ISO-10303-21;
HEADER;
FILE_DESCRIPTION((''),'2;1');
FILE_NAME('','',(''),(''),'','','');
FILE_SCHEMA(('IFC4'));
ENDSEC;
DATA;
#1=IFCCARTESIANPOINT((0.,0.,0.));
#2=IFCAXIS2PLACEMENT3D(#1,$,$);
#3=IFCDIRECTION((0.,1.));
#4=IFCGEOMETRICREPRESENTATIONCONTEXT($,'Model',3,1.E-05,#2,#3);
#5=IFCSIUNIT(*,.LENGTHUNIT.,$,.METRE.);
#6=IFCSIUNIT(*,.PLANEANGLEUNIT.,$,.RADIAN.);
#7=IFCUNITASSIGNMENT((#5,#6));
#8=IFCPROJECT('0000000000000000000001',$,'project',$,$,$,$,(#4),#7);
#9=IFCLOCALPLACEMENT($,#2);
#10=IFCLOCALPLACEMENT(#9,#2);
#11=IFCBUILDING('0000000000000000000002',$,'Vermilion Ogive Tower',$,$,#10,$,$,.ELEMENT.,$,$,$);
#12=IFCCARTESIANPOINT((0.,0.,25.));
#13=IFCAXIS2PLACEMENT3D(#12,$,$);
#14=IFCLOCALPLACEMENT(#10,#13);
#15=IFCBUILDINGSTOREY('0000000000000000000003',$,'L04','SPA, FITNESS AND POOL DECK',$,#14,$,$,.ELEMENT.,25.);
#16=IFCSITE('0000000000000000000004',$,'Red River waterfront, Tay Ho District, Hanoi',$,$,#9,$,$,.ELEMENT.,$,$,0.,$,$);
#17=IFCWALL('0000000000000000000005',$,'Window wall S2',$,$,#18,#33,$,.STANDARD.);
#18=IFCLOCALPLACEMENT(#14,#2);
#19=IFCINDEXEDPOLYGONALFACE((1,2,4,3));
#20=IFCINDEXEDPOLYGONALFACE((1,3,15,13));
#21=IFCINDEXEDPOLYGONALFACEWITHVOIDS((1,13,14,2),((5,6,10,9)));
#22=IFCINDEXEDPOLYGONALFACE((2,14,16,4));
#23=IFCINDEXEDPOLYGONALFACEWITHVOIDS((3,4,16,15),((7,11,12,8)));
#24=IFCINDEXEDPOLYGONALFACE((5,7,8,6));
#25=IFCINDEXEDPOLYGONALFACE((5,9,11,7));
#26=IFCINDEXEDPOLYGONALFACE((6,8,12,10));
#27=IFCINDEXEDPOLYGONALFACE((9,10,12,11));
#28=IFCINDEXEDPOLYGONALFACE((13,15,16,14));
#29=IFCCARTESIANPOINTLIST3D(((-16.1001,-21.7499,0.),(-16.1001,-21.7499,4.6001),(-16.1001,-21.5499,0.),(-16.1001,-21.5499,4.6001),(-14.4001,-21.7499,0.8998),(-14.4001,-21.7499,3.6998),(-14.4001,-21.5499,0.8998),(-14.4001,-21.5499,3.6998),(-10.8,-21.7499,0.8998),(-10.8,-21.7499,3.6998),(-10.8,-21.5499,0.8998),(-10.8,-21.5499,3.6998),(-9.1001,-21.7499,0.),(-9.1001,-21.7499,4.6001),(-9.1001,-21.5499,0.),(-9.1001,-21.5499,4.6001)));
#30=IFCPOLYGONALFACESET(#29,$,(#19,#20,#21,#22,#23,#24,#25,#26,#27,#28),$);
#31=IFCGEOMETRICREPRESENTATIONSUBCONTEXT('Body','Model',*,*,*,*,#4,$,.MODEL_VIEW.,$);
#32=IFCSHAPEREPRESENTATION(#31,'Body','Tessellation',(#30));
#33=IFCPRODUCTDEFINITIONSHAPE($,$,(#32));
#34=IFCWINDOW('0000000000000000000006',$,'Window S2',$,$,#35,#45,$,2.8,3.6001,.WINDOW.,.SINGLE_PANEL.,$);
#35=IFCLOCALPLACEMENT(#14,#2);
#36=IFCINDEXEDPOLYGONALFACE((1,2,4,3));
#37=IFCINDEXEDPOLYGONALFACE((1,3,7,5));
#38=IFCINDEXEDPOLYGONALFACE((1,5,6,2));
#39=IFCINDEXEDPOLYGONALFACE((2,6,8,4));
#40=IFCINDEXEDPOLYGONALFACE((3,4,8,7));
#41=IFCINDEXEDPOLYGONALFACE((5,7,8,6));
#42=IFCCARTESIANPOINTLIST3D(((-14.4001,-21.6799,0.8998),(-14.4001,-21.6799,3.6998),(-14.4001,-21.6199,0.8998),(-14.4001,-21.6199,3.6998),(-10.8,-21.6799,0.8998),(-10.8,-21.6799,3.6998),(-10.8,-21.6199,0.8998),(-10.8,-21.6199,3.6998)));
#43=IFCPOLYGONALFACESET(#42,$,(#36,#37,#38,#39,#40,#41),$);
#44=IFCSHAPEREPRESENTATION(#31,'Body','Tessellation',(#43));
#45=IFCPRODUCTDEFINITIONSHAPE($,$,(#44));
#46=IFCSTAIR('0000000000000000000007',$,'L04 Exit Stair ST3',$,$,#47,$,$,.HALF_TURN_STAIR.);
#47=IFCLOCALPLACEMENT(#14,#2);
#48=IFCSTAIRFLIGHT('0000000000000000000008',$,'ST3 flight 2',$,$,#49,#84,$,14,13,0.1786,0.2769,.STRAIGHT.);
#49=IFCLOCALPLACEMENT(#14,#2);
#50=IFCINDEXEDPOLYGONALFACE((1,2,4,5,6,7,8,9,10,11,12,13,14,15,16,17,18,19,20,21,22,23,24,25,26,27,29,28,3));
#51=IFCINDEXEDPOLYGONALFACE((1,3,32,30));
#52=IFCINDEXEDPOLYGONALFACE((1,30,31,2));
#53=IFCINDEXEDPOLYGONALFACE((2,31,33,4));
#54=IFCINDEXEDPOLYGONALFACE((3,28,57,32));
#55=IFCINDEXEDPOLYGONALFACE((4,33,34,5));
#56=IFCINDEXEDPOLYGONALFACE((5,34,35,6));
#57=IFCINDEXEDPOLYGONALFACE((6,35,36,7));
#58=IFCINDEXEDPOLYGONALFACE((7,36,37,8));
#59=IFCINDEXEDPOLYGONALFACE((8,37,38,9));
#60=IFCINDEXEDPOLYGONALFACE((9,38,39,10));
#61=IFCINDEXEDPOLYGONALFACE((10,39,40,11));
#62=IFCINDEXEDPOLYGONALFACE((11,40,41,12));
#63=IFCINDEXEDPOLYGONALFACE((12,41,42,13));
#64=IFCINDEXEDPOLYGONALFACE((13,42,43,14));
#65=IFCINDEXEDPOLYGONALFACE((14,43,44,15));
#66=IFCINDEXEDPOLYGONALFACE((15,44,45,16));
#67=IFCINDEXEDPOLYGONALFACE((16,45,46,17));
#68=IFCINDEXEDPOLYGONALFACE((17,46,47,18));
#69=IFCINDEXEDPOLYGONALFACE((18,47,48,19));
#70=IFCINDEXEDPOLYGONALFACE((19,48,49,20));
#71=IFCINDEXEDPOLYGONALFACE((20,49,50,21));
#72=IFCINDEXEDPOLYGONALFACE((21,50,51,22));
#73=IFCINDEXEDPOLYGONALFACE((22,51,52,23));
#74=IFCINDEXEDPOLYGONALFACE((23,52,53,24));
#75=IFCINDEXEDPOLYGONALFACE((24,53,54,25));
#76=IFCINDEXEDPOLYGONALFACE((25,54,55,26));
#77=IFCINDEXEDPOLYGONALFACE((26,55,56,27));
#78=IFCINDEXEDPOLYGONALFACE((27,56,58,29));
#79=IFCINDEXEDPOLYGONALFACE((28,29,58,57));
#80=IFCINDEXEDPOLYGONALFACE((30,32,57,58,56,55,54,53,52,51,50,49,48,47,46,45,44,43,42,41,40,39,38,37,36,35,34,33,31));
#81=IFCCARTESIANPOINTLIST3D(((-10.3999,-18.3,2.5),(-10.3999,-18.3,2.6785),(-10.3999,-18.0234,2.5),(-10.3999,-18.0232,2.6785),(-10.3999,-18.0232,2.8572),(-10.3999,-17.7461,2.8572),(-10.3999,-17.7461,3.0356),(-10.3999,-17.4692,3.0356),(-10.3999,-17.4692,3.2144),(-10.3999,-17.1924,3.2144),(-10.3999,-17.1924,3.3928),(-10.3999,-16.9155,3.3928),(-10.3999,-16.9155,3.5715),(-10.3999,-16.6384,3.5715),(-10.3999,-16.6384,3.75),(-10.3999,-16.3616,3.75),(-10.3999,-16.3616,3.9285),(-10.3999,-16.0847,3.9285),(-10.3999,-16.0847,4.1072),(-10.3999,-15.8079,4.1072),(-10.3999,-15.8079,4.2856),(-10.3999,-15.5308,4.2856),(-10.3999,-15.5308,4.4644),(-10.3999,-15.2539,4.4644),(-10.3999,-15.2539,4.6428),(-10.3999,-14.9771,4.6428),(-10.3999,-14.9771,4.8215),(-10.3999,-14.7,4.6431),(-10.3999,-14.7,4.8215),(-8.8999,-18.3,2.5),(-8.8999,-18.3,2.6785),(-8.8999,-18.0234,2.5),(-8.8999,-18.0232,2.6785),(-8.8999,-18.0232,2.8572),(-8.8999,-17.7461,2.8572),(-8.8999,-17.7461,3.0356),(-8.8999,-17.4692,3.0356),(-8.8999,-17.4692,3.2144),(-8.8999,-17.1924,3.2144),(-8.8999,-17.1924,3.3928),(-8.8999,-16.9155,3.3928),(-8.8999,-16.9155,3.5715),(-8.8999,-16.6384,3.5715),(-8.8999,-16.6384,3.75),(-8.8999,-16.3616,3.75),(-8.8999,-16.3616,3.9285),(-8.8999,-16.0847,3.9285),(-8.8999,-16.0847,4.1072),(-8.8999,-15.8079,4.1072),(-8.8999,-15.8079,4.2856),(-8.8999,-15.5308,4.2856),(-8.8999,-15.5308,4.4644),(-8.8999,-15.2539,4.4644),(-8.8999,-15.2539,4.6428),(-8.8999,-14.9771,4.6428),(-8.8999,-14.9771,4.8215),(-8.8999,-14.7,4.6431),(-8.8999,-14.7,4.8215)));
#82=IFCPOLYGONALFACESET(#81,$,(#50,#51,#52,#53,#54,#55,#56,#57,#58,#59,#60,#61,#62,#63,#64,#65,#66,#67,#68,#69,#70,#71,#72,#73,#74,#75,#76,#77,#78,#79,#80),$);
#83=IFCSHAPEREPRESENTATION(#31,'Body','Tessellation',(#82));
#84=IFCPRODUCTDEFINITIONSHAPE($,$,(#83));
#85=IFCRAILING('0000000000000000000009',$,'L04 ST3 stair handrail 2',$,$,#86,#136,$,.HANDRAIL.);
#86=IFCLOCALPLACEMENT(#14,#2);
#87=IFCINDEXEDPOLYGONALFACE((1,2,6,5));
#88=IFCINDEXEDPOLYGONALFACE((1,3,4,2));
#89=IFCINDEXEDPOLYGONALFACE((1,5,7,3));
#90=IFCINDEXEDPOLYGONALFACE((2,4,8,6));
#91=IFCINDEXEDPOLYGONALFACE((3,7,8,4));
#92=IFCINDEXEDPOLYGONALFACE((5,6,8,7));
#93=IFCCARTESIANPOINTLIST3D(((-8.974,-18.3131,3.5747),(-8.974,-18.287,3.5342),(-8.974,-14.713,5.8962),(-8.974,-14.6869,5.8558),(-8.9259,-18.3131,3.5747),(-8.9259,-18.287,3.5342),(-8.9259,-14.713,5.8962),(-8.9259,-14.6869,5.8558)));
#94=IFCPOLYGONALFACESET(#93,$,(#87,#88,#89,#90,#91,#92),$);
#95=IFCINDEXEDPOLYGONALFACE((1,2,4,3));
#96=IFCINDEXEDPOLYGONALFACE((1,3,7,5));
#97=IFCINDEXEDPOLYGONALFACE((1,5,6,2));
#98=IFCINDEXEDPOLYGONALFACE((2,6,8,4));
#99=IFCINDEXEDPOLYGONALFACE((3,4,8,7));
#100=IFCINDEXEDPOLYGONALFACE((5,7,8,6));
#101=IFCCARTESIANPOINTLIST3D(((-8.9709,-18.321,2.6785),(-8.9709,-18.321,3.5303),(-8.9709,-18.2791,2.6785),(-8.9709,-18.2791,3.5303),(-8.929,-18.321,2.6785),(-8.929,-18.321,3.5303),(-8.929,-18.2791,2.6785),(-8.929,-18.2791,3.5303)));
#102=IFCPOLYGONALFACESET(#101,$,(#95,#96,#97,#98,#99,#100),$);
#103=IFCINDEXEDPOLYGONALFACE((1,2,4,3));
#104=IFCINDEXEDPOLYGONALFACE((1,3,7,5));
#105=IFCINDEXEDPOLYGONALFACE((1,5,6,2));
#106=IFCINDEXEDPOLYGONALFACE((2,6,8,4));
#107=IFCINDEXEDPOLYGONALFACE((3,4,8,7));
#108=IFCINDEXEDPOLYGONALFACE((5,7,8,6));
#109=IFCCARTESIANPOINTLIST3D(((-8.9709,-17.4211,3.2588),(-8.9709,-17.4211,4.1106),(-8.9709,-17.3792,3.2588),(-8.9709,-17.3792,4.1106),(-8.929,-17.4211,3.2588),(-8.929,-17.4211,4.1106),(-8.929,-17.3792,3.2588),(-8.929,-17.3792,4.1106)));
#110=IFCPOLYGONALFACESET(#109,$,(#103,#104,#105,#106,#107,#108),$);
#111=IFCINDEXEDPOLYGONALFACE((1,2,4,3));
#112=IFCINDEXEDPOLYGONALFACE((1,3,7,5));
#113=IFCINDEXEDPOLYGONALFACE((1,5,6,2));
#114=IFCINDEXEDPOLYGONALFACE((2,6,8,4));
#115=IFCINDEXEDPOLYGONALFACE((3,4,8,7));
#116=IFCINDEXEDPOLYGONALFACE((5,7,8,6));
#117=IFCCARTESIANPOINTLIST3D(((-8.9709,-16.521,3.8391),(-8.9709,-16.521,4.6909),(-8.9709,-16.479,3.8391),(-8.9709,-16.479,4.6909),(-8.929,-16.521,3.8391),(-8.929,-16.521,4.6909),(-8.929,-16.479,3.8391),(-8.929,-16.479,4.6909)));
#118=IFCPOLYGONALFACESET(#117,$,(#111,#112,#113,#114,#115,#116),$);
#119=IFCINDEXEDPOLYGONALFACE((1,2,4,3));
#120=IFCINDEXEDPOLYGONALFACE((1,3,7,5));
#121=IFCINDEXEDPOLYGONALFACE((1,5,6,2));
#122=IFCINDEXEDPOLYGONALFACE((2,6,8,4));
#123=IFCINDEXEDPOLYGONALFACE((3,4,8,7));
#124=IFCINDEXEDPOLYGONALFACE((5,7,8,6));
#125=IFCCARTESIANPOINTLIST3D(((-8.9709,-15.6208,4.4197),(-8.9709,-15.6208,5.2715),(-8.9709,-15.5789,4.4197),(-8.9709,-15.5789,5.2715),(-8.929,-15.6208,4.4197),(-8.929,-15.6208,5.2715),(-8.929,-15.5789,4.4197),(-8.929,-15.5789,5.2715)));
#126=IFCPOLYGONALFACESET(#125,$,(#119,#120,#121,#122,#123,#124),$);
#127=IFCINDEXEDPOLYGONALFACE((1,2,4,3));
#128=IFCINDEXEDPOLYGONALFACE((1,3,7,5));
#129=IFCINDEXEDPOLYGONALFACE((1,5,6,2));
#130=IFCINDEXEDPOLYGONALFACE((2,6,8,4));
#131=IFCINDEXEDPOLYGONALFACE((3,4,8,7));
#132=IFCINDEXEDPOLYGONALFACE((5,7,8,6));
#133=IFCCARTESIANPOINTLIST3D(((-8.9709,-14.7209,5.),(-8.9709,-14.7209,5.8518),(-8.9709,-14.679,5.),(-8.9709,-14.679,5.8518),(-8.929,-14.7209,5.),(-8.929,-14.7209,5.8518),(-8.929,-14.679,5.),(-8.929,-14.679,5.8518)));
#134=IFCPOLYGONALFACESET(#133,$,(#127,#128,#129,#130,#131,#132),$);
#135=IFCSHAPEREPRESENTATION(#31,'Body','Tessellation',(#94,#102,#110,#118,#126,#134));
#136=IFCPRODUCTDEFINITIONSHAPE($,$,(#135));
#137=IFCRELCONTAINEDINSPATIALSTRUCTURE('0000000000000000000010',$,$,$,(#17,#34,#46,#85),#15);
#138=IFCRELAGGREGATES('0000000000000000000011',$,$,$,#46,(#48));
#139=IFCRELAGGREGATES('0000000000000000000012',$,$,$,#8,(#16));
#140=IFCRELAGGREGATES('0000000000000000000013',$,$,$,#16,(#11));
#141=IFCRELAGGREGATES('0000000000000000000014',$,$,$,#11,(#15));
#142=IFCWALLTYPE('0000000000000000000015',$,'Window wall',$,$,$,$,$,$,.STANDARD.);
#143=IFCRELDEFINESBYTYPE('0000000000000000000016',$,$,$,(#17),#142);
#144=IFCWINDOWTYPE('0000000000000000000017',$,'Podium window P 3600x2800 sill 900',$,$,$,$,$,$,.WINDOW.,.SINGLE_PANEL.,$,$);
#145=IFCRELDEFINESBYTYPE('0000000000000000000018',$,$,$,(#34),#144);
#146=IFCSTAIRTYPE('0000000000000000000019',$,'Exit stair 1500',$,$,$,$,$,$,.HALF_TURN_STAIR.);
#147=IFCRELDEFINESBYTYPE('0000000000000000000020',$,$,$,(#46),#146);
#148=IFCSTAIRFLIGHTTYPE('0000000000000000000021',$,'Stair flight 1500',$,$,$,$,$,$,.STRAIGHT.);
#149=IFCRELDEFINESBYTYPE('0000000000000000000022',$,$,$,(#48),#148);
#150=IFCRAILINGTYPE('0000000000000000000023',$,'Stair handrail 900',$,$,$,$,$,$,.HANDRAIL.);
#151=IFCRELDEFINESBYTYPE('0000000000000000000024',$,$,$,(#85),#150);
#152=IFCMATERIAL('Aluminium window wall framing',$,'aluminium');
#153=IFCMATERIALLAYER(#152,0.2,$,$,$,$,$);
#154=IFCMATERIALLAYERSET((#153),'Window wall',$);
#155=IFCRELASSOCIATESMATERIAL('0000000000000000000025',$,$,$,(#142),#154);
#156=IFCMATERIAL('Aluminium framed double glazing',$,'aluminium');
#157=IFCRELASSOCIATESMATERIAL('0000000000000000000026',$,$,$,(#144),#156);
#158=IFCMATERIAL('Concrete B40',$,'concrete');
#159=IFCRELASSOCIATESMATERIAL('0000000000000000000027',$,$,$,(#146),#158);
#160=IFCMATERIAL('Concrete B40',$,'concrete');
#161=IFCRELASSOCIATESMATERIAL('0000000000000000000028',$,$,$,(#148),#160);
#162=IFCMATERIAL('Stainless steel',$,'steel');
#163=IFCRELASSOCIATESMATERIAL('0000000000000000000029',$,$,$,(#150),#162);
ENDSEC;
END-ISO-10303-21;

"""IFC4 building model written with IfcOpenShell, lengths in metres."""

from ifc_helpers import new_model, si_unit, direction, frame, frame_2d, origin, origin_2d, place, context, subcontext, project, spatial, polyline, rectangle, outline, extrude, material, layer, layer_set, type_object, element, fill, aggregate, save


model = new_model("IFC4")

# Units and contexts
model_context = context("Model", 3, precision=1e-05, world=origin(), true_north=direction((0.0, 1.0)))
body_context = subcontext(model_context, "Body", "Model", "MODEL_VIEW")
ifc_project = project(units=[si_unit("LENGTHUNIT", "METRE"), si_unit("PLANEANGLEUNIT", "RADIAN")], contexts=[model_context])

# Site, building, storey
site_placement = place(None, origin())
site = spatial("IfcSite", under=ifc_project, at=site_placement, Name="Red River waterfront, Tay Ho District, Hanoi", CompositionType="ELEMENT", RefElevation=0.0)
building_placement = place(site_placement, origin())
building = spatial("IfcBuilding", under=site, at=building_placement, Name="Vermilion Ogive Tower", CompositionType="ELEMENT")
storey_placement = place(building_placement, frame((0.0, 0.0, 25.0)))
storey = spatial("IfcBuildingStorey", under=building, at=storey_placement, Name="L04", Description="SPA, FITNESS AND POOL DECK", CompositionType="ELEMENT", Elevation=25.0)

# Wall, opening, window
ifc_material_1 = material(Name="Aluminium window wall framing", Category="aluminium")
ifc_layer_1 = layer(ifc_material_1, 0.2)
ifc_layer_set_1 = layer_set([ifc_layer_1], Name="Window wall")
wall_type_1 = type_object("IfcWallType", Name="Window wall", PredefinedType="STANDARD", material=ifc_layer_set_1)
wall_1_placement = place(storey_placement, frame((-16.1001, -21.6499, 0.0), z_axis=(0.0, 0.0, 1.0), x_axis=(1.0, 0.0, 0.0)))
wall_1 = element("IfcWall", 1, at=wall_1_placement, inside=storey, type_object=wall_type_1, Name="Window wall S2", PredefinedType="STANDARD", context=body_context, shape_type="SweptSolid", body=[
    extrude(rectangle(XDim=7.0, YDim=0.2, at=frame_2d((3.5, 0.0))), origin(), (0.0, 0.0, 1.0), 4.6001),
])
opening_1_placement = place(wall_1_placement, frame((1.7, 0.0, 0.8999)))
opening_1 = element("IfcOpeningElement", 2, at=opening_1_placement, cuts=wall_1, PredefinedType="OPENING", context=body_context, shape_type="SweptSolid", body=[
    extrude(rectangle(XDim=3.6001, YDim=2.8, at=frame_2d((1.8, 1.3999))), frame((0.0, 0.1099, 0.0), z_axis=(0.0, -1.0, 0.0), x_axis=(1.0, 0.0, 0.0)), (0.0, 0.0, 1.0), 0.22),
])
ifc_material_2 = material(Name="Aluminium framed double glazing", Category="aluminium")
window_type_1 = type_object("IfcWindowType", Name="Podium window P 3600x2800 sill 900", PartitioningType="SINGLE_PANEL", PredefinedType="WINDOW", material=ifc_material_2)
window_1_placement = place(opening_1_placement, origin())
window_1 = element("IfcWindow", 3, at=window_1_placement, inside=storey, type_object=window_type_1, Name="Window S2", OverallHeight=2.8, OverallWidth=3.6001, PartitioningType="SINGLE_PANEL", PredefinedType="WINDOW", context=body_context, shape_type="SweptSolid", body=[
    extrude(rectangle(XDim=3.6001, YDim=2.8, at=frame_2d((1.8, 1.3999))), frame((0.0, 0.03, 0.0), z_axis=(0.0, -1.0, 0.0), x_axis=(1.0, 0.0, 0.0)), (0.0, 0.0, 1.0), 0.0601),
])
fill(opening_1, window_1)

# Stair, stair flight
ifc_material_3 = material(Name="Concrete B40", Category="concrete")
stair_type = type_object("IfcStairType", Name="Exit stair 1500", PredefinedType="HALF_TURN_STAIR", material=ifc_material_3)
stair_placement = place(storey_placement, origin())
stair = element("IfcStair", 4, at=stair_placement, inside=storey, type_object=stair_type, Name="L04 Exit Stair ST3", PredefinedType="HALF_TURN_STAIR")
ifc_material_4 = material(Name="Concrete B40", Category="concrete")
stair_flight_type = type_object("IfcStairFlightType", Name="Stair flight 1500", PredefinedType="STRAIGHT", material=ifc_material_4)
stair_flight_placement = place(storey_placement, frame((-9.6499, -18.3, 2.5), z_axis=(0.0, 0.0, 1.0), x_axis=(0.0, 1.0, 0.0)))
stair_flight = element("IfcStairFlight", 5, at=stair_flight_placement, type_object=stair_flight_type, Name="ST3 flight 2", NumberOfRisers=14, NumberOfTreads=13, PredefinedType="STRAIGHT", RiserHeight=0.1786, TreadLength=0.2769, context=body_context, shape_type="SweptSolid", body=[
    extrude(outline(polyline([(0.0, 0.0), (0.0, 0.1785), (0.2769, 0.1785), (0.2769, 0.3572), (0.554, 0.3572), (0.554, 0.5356), (0.8308, 0.5356), (0.8308, 0.7144), (1.1077, 0.7144), (1.1077, 0.8928), (1.3845, 0.8928), (1.3845, 1.0715), (1.6616, 1.0715), (1.6616, 1.25), (1.9385, 1.25), (1.9385, 1.4285), (2.2153, 1.4285), (2.2153, 1.6072), (2.4922, 1.6072), (2.4922, 1.7856), (2.7693, 1.7856), (2.7693, 1.9644), (3.0461, 1.9644), (3.0461, 2.1428), (3.323, 2.1428), (3.323, 2.3215), (3.6001, 2.3215), (3.6001, 2.5), (3.6001, 2.1431), (0.2766, 0.0), (0.0, 0.0)])), frame((0.0, 0.75, 0.0), z_axis=(0.0, -1.0, 0.0), x_axis=(1.0, 0.0, 0.0)), (0.0, 0.0, 1.0), 1.5),
])
aggregate(stair, [stair_flight])

# Railing
ifc_material_5 = material(Name="Stainless steel", Category="steel")
railing_type = type_object("IfcRailingType", Name="Stair handrail 900", PredefinedType="HANDRAIL", material=ifc_material_5)
railing_placement = place(storey_placement, frame((-8.95, -18.3, 2.6785)))
element("IfcRailing", 6, at=railing_placement, inside=storey, type_object=railing_type, Name="L04 ST3 stair handrail 2", PredefinedType="HANDRAIL", context=body_context, shape_type="SweptSolid", body=[
    extrude(rectangle(XDim=0.0481, YDim=0.0481, at=origin_2d()), frame((0.0, 0.0, 0.876), z_axis=(0.0, 0.840415, 0.541944), x_axis=(-1.0, 0.0, 0.0)), (0.0, 0.0, 1.0), 4.2837),
    extrude(rectangle(XDim=0.042, YDim=0.042, at=origin_2d()), origin(), (0.0, 0.0, 1.0), 0.8518),
    extrude(rectangle(XDim=0.042, YDim=0.042, at=origin_2d()), frame((0.0, 0.8999, 0.5803)), (0.0, 0.0, 1.0), 0.8518),
    extrude(rectangle(XDim=0.042, YDim=0.042, at=origin_2d()), frame((0.0, 1.8, 1.1606)), (0.0, 0.0, 1.0), 0.8518),
    extrude(rectangle(XDim=0.042, YDim=0.042, at=origin_2d()), frame((0.0, 2.7002, 1.7412)), (0.0, 0.0, 1.0), 0.8518),
    extrude(rectangle(XDim=0.042, YDim=0.042, at=origin_2d()), frame((0.0, 3.6001, 2.3215)), (0.0, 0.0, 1.0), 0.8518),
])

save(model, "model.ifc")
